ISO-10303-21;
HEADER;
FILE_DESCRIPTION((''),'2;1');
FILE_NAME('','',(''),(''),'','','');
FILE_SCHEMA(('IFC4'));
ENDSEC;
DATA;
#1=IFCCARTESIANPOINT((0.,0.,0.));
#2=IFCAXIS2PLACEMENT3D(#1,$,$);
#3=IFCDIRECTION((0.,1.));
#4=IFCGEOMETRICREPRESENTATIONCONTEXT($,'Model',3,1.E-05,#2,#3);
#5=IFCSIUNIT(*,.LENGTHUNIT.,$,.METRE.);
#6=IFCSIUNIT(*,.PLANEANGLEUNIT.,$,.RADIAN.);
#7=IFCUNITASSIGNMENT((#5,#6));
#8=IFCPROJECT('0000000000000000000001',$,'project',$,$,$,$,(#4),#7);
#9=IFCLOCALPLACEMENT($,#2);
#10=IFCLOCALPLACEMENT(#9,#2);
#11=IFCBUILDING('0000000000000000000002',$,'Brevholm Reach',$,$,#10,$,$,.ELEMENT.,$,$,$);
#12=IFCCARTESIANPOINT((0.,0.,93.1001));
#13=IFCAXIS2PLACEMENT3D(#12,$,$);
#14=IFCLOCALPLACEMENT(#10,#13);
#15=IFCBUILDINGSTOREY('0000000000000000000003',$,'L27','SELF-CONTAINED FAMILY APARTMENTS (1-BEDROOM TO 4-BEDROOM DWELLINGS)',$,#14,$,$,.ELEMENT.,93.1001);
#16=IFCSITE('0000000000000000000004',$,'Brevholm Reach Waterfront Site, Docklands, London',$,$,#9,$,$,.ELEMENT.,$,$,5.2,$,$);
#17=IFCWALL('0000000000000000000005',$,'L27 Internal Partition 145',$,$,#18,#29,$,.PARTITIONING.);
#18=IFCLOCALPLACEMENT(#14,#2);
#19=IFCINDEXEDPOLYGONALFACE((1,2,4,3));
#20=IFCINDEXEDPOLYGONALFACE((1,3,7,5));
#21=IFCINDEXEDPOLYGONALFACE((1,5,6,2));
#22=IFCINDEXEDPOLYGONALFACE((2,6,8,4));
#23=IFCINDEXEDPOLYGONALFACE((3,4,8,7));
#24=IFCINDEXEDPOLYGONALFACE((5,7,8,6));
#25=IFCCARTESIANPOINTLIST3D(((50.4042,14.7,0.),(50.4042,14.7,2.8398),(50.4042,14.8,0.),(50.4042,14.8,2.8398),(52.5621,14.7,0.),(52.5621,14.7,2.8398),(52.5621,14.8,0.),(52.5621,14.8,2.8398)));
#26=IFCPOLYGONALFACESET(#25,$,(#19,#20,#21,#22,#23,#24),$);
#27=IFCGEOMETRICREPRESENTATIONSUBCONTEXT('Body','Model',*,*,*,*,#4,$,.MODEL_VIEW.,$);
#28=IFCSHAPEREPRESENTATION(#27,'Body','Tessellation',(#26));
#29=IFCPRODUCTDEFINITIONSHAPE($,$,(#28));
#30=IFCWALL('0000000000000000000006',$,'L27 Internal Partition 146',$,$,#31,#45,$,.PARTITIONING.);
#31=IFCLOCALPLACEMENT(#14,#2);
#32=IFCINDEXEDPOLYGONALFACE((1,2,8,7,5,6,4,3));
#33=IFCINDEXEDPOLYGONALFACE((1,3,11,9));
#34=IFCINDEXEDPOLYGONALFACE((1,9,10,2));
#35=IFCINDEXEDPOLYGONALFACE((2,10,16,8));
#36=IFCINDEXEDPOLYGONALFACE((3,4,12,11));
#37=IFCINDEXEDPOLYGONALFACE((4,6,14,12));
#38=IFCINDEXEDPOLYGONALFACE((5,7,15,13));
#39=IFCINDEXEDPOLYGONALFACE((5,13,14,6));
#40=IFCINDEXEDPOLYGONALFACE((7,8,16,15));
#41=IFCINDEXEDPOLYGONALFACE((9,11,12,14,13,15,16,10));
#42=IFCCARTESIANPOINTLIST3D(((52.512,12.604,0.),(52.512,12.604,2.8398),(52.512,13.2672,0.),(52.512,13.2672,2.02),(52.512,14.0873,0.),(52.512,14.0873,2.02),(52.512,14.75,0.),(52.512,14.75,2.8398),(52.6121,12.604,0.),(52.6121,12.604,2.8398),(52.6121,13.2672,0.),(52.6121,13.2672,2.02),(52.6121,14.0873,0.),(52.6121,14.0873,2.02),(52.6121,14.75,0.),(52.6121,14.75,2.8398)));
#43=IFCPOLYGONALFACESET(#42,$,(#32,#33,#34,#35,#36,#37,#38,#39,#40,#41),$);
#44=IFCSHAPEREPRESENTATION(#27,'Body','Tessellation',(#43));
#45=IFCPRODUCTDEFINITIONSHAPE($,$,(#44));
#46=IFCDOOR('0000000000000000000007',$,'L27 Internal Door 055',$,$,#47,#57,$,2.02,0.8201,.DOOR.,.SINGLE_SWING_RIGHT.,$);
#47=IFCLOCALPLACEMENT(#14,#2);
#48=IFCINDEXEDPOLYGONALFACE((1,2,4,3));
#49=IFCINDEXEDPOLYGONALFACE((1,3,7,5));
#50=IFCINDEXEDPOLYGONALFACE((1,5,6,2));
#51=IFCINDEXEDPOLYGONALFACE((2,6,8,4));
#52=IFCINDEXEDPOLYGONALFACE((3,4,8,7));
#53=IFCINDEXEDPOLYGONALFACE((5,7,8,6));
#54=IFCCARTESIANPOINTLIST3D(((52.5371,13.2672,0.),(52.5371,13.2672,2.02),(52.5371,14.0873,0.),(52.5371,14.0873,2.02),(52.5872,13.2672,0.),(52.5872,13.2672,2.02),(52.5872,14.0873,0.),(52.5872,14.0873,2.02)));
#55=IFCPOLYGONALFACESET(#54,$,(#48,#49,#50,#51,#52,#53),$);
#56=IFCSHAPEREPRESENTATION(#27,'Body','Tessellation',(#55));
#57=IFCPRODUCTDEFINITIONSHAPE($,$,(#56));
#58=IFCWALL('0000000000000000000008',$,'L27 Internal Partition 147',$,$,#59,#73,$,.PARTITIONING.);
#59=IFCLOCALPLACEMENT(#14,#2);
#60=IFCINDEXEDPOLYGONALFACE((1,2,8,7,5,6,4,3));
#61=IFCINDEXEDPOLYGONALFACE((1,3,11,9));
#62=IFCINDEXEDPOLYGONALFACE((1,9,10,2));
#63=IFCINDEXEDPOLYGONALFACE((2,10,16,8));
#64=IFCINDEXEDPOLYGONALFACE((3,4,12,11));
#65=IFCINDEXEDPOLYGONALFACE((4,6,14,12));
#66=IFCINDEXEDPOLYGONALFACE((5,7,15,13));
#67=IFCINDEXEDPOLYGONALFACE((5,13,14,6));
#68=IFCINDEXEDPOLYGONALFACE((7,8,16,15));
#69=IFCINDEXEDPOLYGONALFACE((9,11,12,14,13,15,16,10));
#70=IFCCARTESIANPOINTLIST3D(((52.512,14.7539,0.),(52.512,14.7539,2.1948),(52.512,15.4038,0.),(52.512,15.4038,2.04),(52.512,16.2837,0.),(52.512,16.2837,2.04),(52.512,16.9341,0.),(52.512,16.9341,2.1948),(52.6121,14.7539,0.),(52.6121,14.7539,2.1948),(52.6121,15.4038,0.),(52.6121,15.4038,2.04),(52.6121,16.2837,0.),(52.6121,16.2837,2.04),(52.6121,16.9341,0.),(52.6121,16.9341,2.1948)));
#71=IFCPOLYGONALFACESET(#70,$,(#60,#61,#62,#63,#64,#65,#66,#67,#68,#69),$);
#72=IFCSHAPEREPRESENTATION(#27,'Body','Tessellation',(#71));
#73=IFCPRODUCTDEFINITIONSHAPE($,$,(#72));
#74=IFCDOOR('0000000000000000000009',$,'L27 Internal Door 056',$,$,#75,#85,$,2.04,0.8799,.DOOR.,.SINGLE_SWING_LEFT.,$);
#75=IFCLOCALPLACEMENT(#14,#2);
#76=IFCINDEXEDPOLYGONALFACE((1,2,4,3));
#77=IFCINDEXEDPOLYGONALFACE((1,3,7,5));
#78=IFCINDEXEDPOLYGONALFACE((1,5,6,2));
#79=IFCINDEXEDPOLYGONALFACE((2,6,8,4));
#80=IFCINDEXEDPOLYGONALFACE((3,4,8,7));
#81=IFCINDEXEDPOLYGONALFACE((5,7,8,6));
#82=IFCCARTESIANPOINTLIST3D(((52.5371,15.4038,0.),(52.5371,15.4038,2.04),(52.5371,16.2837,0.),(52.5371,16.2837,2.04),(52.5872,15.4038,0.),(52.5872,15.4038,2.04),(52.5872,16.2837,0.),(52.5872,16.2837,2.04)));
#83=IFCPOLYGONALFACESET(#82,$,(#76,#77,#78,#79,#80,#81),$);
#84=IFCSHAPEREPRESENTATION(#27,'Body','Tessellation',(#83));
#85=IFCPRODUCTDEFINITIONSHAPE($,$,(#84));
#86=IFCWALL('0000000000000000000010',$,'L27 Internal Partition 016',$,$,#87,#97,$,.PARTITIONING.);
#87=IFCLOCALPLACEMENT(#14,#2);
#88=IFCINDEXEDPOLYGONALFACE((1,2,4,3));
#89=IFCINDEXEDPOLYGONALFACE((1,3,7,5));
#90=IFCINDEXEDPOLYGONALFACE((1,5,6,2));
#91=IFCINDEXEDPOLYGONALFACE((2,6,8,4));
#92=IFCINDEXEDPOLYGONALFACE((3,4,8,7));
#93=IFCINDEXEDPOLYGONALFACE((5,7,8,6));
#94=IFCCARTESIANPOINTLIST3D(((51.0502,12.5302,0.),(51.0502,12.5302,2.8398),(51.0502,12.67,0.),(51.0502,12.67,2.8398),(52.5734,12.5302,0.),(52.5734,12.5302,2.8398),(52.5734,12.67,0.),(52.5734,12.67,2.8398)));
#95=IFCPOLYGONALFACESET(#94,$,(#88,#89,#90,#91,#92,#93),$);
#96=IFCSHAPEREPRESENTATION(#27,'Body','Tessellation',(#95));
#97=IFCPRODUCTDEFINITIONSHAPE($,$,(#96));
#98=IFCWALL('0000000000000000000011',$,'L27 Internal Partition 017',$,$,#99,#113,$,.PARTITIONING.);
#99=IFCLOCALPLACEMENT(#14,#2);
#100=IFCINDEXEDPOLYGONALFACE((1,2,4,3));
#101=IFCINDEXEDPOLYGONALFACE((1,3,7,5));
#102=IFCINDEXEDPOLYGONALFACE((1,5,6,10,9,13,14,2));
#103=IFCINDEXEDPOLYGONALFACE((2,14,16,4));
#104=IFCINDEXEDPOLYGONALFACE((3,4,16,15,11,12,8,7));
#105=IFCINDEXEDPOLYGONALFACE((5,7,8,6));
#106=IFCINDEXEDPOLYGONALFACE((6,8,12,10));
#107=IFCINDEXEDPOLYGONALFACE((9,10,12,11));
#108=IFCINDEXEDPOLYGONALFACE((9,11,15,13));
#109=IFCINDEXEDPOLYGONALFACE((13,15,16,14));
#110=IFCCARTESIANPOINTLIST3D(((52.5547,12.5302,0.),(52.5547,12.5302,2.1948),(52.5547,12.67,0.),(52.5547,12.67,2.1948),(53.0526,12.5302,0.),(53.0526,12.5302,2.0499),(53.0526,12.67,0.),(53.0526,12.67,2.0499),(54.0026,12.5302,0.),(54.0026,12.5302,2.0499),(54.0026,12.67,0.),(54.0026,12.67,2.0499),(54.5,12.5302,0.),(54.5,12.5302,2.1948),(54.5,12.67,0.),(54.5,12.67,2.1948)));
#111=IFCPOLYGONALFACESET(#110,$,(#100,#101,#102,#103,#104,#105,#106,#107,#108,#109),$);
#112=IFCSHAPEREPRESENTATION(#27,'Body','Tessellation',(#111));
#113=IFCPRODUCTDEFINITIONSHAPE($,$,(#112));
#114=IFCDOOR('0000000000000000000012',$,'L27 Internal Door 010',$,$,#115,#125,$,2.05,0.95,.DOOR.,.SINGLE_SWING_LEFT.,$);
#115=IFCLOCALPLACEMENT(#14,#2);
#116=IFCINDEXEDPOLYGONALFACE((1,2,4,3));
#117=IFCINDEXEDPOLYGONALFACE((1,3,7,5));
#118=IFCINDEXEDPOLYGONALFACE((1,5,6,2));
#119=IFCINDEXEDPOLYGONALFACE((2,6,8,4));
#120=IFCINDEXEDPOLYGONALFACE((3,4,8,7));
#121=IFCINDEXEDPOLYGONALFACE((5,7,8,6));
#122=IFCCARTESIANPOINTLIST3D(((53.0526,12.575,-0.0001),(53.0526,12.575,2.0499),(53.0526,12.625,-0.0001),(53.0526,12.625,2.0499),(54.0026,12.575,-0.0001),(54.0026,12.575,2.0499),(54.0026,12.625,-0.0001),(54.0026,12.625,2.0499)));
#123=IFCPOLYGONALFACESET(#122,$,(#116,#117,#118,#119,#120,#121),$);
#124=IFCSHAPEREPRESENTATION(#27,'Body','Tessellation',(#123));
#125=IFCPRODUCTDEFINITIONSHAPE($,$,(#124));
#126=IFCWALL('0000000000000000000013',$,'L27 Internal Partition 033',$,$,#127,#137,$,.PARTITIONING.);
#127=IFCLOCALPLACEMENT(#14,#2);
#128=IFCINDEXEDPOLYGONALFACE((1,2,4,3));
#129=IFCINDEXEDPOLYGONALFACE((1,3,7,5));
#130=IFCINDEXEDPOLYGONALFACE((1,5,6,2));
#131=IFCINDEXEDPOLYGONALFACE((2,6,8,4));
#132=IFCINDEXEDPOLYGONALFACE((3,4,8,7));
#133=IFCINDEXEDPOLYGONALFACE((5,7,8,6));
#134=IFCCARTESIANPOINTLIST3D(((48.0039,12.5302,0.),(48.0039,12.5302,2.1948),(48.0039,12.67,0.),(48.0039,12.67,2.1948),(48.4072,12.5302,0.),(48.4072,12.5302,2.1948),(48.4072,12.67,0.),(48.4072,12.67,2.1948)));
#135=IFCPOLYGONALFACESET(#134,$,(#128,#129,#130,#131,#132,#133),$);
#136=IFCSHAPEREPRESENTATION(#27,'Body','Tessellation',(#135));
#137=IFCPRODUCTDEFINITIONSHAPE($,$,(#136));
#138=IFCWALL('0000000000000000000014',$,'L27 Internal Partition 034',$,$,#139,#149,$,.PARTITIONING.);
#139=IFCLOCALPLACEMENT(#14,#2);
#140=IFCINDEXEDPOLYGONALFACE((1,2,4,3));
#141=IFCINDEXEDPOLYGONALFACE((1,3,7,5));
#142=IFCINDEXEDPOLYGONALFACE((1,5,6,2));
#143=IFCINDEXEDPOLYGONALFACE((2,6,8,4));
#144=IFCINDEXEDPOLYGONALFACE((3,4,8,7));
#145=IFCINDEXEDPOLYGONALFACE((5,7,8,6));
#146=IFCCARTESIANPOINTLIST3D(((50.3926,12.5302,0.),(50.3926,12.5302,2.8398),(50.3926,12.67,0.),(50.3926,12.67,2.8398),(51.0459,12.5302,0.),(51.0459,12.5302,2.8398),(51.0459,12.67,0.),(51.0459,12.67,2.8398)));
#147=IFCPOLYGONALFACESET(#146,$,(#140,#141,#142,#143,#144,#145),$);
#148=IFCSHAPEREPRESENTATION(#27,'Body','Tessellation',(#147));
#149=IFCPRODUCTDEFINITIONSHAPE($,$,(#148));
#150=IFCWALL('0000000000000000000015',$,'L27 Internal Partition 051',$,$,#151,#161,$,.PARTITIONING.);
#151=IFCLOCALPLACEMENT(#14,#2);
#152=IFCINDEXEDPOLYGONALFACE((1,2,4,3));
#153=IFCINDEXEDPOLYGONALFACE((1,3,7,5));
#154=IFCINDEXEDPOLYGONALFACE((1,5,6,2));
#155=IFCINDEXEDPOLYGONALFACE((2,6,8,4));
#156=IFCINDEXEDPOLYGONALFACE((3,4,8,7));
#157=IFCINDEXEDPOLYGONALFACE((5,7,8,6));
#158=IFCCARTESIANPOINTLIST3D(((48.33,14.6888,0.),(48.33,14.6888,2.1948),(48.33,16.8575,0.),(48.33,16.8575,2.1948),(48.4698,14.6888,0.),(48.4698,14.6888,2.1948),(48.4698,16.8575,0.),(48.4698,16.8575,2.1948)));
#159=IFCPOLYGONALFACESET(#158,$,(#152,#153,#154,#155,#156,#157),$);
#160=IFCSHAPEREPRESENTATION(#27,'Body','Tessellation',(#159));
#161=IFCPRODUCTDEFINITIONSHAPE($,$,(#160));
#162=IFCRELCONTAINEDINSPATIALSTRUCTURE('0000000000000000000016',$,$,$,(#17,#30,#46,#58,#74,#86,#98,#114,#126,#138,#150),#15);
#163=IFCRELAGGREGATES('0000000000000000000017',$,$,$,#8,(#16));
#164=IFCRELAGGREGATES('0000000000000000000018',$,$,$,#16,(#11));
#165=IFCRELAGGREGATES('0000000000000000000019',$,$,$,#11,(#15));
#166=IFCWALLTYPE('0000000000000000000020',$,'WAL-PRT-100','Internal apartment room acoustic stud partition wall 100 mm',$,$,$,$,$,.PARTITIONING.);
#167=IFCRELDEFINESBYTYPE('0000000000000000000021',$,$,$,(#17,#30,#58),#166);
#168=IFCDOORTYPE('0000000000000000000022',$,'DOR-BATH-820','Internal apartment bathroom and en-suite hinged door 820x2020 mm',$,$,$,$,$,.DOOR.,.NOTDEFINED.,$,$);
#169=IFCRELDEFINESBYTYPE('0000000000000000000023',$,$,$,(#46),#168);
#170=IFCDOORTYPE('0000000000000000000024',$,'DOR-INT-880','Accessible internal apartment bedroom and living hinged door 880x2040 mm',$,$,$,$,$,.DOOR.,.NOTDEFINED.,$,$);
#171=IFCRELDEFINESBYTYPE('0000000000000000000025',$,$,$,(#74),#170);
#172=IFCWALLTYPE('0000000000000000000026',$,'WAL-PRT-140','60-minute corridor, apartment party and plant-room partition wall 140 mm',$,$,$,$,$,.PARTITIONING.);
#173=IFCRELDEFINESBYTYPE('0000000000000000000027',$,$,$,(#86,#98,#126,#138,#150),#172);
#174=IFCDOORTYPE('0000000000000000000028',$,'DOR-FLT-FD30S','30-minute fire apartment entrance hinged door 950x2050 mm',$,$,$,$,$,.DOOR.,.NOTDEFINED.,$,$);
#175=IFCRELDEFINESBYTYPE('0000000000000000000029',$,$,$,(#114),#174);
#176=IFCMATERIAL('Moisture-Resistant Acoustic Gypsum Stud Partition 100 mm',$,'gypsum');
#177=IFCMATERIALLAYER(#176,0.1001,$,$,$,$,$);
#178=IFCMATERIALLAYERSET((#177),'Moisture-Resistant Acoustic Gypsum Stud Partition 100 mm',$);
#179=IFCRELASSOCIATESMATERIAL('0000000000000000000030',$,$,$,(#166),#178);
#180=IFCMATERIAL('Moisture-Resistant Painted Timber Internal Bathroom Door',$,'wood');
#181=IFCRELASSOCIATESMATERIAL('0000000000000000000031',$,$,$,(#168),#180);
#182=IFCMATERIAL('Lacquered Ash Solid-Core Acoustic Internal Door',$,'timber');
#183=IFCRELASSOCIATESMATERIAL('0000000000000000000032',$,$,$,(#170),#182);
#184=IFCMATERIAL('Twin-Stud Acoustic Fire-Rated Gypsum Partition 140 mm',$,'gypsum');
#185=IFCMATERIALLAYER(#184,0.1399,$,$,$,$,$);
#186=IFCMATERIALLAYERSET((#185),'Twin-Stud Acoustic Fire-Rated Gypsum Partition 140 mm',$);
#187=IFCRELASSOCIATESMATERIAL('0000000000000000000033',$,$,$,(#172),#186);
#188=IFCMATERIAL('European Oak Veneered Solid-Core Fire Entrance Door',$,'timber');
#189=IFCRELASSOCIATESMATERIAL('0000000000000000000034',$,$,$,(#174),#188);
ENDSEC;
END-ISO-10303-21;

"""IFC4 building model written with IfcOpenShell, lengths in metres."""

from ifc_helpers import new_model, si_unit, direction, frame, frame_2d, origin, place, context, subcontext, project, spatial, rectangle, extrude, material, layer, layer_set, type_object, element, fill, save


model = new_model("IFC4")

# Units and contexts
model_context = context("Model", 3, precision=1e-05, world=origin(), true_north=direction((0.0, 1.0)))
body_context = subcontext(model_context, "Body", "Model", "MODEL_VIEW")
ifc_project = project(units=[si_unit("LENGTHUNIT", "METRE"), si_unit("PLANEANGLEUNIT", "RADIAN")], contexts=[model_context])

# Site, building, storey
site_placement = place(None, origin())
site = spatial("IfcSite", under=ifc_project, at=site_placement, Name="Brevholm Reach Waterfront Site, Docklands, London", CompositionType="ELEMENT", RefElevation=5.2)
building_placement = place(site_placement, origin())
building = spatial("IfcBuilding", under=site, at=building_placement, Name="Brevholm Reach", CompositionType="ELEMENT")
storey_placement = place(building_placement, frame((0.0, 0.0, 93.1001)))
storey = spatial("IfcBuildingStorey", under=building, at=storey_placement, Name="L27", Description="SELF-CONTAINED FAMILY APARTMENTS (1-BEDROOM TO 4-BEDROOM DWELLINGS)", CompositionType="ELEMENT", Elevation=93.1001)

# Wall
ifc_material_1 = material(Name="Moisture-Resistant Acoustic Gypsum Stud Partition 100 mm", Category="gypsum")
ifc_layer_1 = layer(ifc_material_1, 0.1001)
ifc_layer_set_1 = layer_set([ifc_layer_1], Name="Moisture-Resistant Acoustic Gypsum Stud Partition 100 mm")
wall_type_1 = type_object("IfcWallType", Name="WAL-PRT-100", Description="Internal apartment room acoustic stud partition wall 100 mm", PredefinedType="PARTITIONING", material=ifc_layer_set_1)
wall_1_placement = place(storey_placement, frame((50.4041, 14.75, 0.0), z_axis=(0.0, 0.0, 1.0), x_axis=(1.0, 0.0, 0.0)))
element("IfcWall", 1, at=wall_1_placement, inside=storey, type_object=wall_type_1, Name="L27 Internal Partition 145", PredefinedType="PARTITIONING", context=body_context, shape_type="SweptSolid", body=[
    extrude(rectangle(XDim=2.158, YDim=0.1001, at=frame_2d((1.0791, 0.0))), origin(), (0.0, 0.0, 1.0), 2.8398),
])

# Walls, openings, doors
wall_2_placement = place(storey_placement, frame((52.562, 12.604, 0.0), z_axis=(0.0, 0.0, 1.0), x_axis=(0.0, 1.0, 0.0)))
wall_2 = element("IfcWall", 2, at=wall_2_placement, inside=storey, type_object=wall_type_1, Name="L27 Internal Partition 146", PredefinedType="PARTITIONING", context=body_context, shape_type="SweptSolid", body=[
    extrude(rectangle(XDim=2.146, YDim=0.1001, at=frame_2d((1.073, 0.0))), origin(), (0.0, 0.0, 1.0), 2.8398),
])
opening_1_placement = place(wall_2_placement, frame((0.6631, 0.0, 0.0)))
opening_1 = element("IfcOpeningElement", 3, at=opening_1_placement, cuts=wall_2, PredefinedType="OPENING", context=body_context, shape_type="SweptSolid", body=[
    extrude(rectangle(XDim=0.8201, YDim=2.02, at=frame_2d((0.4102, 1.01))), frame((0.0, 0.0601, 0.0), z_axis=(0.0, -1.0, 0.0), x_axis=(1.0, 0.0, 0.0)), (0.0, 0.0, 1.0), 0.1201),
])
ifc_material_2 = material(Name="Moisture-Resistant Painted Timber Internal Bathroom Door", Category="wood")
door_type_1 = type_object("IfcDoorType", Name="DOR-BATH-820", Description="Internal apartment bathroom and en-suite hinged door 820x2020 mm", OperationType="NOTDEFINED", PredefinedType="DOOR", material=ifc_material_2)
door_1_placement = place(opening_1_placement, origin())
door_1 = element("IfcDoor", 4, at=door_1_placement, inside=storey, type_object=door_type_1, Name="L27 Internal Door 055", OperationType="SINGLE_SWING_RIGHT", OverallHeight=2.02, OverallWidth=0.8201, PredefinedType="DOOR", context=body_context, shape_type="SweptSolid", body=[
    extrude(rectangle(XDim=0.8201, YDim=2.02, at=frame_2d((0.4102, 1.01))), frame((0.0, 0.0249, 0.0), z_axis=(0.0, -1.0, 0.0), x_axis=(1.0, 0.0, 0.0)), (0.0, 0.0, 1.0), 0.05),
])
fill(opening_1, door_1)
wall_3_placement = place(storey_placement, frame((52.562, 14.7539, 0.0), z_axis=(0.0, 0.0, 1.0), x_axis=(0.0, 1.0, 0.0)))
wall_3 = element("IfcWall", 5, at=wall_3_placement, inside=storey, type_object=wall_type_1, Name="L27 Internal Partition 147", PredefinedType="PARTITIONING", context=body_context, shape_type="SweptSolid", body=[
    extrude(rectangle(XDim=2.1802, YDim=0.1001, at=frame_2d((1.0901, 0.0))), origin(), (0.0, 0.0, 1.0), 2.1948),
])
opening_2_placement = place(wall_3_placement, frame((0.6499, 0.0, 0.0)))
opening_2 = element("IfcOpeningElement", 6, at=opening_2_placement, cuts=wall_3, PredefinedType="OPENING", context=body_context, shape_type="SweptSolid", body=[
    extrude(rectangle(XDim=0.8799, YDim=2.04, at=frame_2d((0.4399, 1.02))), frame((0.0, 0.0601, 0.0), z_axis=(0.0, -1.0, 0.0), x_axis=(1.0, 0.0, 0.0)), (0.0, 0.0, 1.0), 0.1201),
])
ifc_material_3 = material(Name="Lacquered Ash Solid-Core Acoustic Internal Door", Category="timber")
door_type_2 = type_object("IfcDoorType", Name="DOR-INT-880", Description="Accessible internal apartment bedroom and living hinged door 880x2040 mm", OperationType="NOTDEFINED", PredefinedType="DOOR", material=ifc_material_3)
door_2_placement = place(opening_2_placement, origin())
door_2 = element("IfcDoor", 7, at=door_2_placement, inside=storey, type_object=door_type_2, Name="L27 Internal Door 056", OperationType="SINGLE_SWING_LEFT", OverallHeight=2.04, OverallWidth=0.8799, PredefinedType="DOOR", context=body_context, shape_type="SweptSolid", body=[
    extrude(rectangle(XDim=0.8799, YDim=2.04, at=frame_2d((0.4399, 1.02))), frame((0.0, 0.0249, 0.0), z_axis=(0.0, -1.0, 0.0), x_axis=(1.0, 0.0, 0.0)), (0.0, 0.0, 1.0), 0.05),
])
fill(opening_2, door_2)

# Wall
ifc_material_4 = material(Name="Twin-Stud Acoustic Fire-Rated Gypsum Partition 140 mm", Category="gypsum")
ifc_layer_2 = layer(ifc_material_4, 0.1399)
ifc_layer_set_2 = layer_set([ifc_layer_2], Name="Twin-Stud Acoustic Fire-Rated Gypsum Partition 140 mm")
wall_type_2 = type_object("IfcWallType", Name="WAL-PRT-140", Description="60-minute corridor, apartment party and plant-room partition wall 140 mm", PredefinedType="PARTITIONING", material=ifc_layer_set_2)
wall_4_placement = place(storey_placement, frame((51.05, 12.6001, 0.0), z_axis=(0.0, 0.0, 1.0), x_axis=(1.0, 0.0, 0.0)))
element("IfcWall", 8, at=wall_4_placement, inside=storey, type_object=wall_type_2, Name="L27 Internal Partition 016", PredefinedType="PARTITIONING", context=body_context, shape_type="SweptSolid", body=[
    extrude(rectangle(XDim=1.5232, YDim=0.1399, at=frame_2d((0.7617, 0.0))), origin(), (0.0, 0.0, 1.0), 2.8398),
])

# Wall, opening, door
wall_5_placement = place(storey_placement, frame((52.5547, 12.6001, 0.0), z_axis=(0.0, 0.0, 1.0), x_axis=(1.0, 0.0, 0.0)))
wall_5 = element("IfcWall", 9, at=wall_5_placement, inside=storey, type_object=wall_type_2, Name="L27 Internal Partition 017", PredefinedType="PARTITIONING", context=body_context, shape_type="SweptSolid", body=[
    extrude(rectangle(XDim=1.9453, YDim=0.1399, at=frame_2d((0.9727, 0.0))), origin(), (0.0, 0.0, 1.0), 2.1948),
])
opening_3_placement = place(wall_5_placement, frame((0.4978, 0.0, 0.0)))
opening_3 = element("IfcOpeningElement", 10, at=opening_3_placement, cuts=wall_5, PredefinedType="OPENING", context=body_context, shape_type="SweptSolid", body=[
    extrude(rectangle(XDim=0.95, YDim=2.05, at=frame_2d((0.4751, 1.0249))), frame((0.0, 0.0798, 0.0), z_axis=(0.0, -1.0, 0.0), x_axis=(1.0, 0.0, 0.0)), (0.0, 0.0, 1.0), 0.1599),
])
ifc_material_5 = material(Name="European Oak Veneered Solid-Core Fire Entrance Door", Category="timber")
door_type_3 = type_object("IfcDoorType", Name="DOR-FLT-FD30S", Description="30-minute fire apartment entrance hinged door 950x2050 mm", OperationType="NOTDEFINED", PredefinedType="DOOR", material=ifc_material_5)
door_3_placement = place(opening_3_placement, origin())
door_3 = element("IfcDoor", 11, at=door_3_placement, inside=storey, type_object=door_type_3, Name="L27 Internal Door 010", OperationType="SINGLE_SWING_LEFT", OverallHeight=2.05, OverallWidth=0.95, PredefinedType="DOOR", context=body_context, shape_type="SweptSolid", body=[
    extrude(rectangle(XDim=0.95, YDim=2.05, at=frame_2d((0.4751, 1.0249))), frame((0.0, 0.0249, 0.0), z_axis=(0.0, -1.0, 0.0), x_axis=(1.0, 0.0, 0.0)), (0.0, 0.0, 1.0), 0.05),
])
fill(opening_3, door_3)

# Walls
wall_6_placement = place(storey_placement, frame((48.0039, 12.6001, 0.0), z_axis=(0.0, 0.0, 1.0), x_axis=(1.0, 0.0, 0.0)))
element("IfcWall", 12, at=wall_6_placement, inside=storey, type_object=wall_type_2, Name="L27 Internal Partition 033", PredefinedType="PARTITIONING", context=body_context, shape_type="SweptSolid", body=[
    extrude(rectangle(XDim=0.4033, YDim=0.1399, at=frame_2d((0.2017, 0.0))), origin(), (0.0, 0.0, 1.0), 2.1948),
])
wall_7_placement = place(storey_placement, frame((50.3926, 12.6001, 0.0), z_axis=(0.0, 0.0, 1.0), x_axis=(1.0, 0.0, 0.0)))
element("IfcWall", 13, at=wall_7_placement, inside=storey, type_object=wall_type_2, Name="L27 Internal Partition 034", PredefinedType="PARTITIONING", context=body_context, shape_type="SweptSolid", body=[
    extrude(rectangle(XDim=0.6533, YDim=0.1399, at=frame_2d((0.3267, 0.0))), origin(), (0.0, 0.0, 1.0), 2.8398),
])
wall_8_placement = place(storey_placement, frame((48.3999, 14.6887, 0.0), z_axis=(0.0, 0.0, 1.0), x_axis=(0.0, 1.0, 0.0)))
element("IfcWall", 14, at=wall_8_placement, inside=storey, type_object=wall_type_2, Name="L27 Internal Partition 051", PredefinedType="PARTITIONING", context=body_context, shape_type="SweptSolid", body=[
    extrude(rectangle(XDim=2.1687, YDim=0.1399, at=frame_2d((1.0845, 0.0))), origin(), (0.0, 0.0, 1.0), 2.1948),
])

save(model, "model.ifc")
